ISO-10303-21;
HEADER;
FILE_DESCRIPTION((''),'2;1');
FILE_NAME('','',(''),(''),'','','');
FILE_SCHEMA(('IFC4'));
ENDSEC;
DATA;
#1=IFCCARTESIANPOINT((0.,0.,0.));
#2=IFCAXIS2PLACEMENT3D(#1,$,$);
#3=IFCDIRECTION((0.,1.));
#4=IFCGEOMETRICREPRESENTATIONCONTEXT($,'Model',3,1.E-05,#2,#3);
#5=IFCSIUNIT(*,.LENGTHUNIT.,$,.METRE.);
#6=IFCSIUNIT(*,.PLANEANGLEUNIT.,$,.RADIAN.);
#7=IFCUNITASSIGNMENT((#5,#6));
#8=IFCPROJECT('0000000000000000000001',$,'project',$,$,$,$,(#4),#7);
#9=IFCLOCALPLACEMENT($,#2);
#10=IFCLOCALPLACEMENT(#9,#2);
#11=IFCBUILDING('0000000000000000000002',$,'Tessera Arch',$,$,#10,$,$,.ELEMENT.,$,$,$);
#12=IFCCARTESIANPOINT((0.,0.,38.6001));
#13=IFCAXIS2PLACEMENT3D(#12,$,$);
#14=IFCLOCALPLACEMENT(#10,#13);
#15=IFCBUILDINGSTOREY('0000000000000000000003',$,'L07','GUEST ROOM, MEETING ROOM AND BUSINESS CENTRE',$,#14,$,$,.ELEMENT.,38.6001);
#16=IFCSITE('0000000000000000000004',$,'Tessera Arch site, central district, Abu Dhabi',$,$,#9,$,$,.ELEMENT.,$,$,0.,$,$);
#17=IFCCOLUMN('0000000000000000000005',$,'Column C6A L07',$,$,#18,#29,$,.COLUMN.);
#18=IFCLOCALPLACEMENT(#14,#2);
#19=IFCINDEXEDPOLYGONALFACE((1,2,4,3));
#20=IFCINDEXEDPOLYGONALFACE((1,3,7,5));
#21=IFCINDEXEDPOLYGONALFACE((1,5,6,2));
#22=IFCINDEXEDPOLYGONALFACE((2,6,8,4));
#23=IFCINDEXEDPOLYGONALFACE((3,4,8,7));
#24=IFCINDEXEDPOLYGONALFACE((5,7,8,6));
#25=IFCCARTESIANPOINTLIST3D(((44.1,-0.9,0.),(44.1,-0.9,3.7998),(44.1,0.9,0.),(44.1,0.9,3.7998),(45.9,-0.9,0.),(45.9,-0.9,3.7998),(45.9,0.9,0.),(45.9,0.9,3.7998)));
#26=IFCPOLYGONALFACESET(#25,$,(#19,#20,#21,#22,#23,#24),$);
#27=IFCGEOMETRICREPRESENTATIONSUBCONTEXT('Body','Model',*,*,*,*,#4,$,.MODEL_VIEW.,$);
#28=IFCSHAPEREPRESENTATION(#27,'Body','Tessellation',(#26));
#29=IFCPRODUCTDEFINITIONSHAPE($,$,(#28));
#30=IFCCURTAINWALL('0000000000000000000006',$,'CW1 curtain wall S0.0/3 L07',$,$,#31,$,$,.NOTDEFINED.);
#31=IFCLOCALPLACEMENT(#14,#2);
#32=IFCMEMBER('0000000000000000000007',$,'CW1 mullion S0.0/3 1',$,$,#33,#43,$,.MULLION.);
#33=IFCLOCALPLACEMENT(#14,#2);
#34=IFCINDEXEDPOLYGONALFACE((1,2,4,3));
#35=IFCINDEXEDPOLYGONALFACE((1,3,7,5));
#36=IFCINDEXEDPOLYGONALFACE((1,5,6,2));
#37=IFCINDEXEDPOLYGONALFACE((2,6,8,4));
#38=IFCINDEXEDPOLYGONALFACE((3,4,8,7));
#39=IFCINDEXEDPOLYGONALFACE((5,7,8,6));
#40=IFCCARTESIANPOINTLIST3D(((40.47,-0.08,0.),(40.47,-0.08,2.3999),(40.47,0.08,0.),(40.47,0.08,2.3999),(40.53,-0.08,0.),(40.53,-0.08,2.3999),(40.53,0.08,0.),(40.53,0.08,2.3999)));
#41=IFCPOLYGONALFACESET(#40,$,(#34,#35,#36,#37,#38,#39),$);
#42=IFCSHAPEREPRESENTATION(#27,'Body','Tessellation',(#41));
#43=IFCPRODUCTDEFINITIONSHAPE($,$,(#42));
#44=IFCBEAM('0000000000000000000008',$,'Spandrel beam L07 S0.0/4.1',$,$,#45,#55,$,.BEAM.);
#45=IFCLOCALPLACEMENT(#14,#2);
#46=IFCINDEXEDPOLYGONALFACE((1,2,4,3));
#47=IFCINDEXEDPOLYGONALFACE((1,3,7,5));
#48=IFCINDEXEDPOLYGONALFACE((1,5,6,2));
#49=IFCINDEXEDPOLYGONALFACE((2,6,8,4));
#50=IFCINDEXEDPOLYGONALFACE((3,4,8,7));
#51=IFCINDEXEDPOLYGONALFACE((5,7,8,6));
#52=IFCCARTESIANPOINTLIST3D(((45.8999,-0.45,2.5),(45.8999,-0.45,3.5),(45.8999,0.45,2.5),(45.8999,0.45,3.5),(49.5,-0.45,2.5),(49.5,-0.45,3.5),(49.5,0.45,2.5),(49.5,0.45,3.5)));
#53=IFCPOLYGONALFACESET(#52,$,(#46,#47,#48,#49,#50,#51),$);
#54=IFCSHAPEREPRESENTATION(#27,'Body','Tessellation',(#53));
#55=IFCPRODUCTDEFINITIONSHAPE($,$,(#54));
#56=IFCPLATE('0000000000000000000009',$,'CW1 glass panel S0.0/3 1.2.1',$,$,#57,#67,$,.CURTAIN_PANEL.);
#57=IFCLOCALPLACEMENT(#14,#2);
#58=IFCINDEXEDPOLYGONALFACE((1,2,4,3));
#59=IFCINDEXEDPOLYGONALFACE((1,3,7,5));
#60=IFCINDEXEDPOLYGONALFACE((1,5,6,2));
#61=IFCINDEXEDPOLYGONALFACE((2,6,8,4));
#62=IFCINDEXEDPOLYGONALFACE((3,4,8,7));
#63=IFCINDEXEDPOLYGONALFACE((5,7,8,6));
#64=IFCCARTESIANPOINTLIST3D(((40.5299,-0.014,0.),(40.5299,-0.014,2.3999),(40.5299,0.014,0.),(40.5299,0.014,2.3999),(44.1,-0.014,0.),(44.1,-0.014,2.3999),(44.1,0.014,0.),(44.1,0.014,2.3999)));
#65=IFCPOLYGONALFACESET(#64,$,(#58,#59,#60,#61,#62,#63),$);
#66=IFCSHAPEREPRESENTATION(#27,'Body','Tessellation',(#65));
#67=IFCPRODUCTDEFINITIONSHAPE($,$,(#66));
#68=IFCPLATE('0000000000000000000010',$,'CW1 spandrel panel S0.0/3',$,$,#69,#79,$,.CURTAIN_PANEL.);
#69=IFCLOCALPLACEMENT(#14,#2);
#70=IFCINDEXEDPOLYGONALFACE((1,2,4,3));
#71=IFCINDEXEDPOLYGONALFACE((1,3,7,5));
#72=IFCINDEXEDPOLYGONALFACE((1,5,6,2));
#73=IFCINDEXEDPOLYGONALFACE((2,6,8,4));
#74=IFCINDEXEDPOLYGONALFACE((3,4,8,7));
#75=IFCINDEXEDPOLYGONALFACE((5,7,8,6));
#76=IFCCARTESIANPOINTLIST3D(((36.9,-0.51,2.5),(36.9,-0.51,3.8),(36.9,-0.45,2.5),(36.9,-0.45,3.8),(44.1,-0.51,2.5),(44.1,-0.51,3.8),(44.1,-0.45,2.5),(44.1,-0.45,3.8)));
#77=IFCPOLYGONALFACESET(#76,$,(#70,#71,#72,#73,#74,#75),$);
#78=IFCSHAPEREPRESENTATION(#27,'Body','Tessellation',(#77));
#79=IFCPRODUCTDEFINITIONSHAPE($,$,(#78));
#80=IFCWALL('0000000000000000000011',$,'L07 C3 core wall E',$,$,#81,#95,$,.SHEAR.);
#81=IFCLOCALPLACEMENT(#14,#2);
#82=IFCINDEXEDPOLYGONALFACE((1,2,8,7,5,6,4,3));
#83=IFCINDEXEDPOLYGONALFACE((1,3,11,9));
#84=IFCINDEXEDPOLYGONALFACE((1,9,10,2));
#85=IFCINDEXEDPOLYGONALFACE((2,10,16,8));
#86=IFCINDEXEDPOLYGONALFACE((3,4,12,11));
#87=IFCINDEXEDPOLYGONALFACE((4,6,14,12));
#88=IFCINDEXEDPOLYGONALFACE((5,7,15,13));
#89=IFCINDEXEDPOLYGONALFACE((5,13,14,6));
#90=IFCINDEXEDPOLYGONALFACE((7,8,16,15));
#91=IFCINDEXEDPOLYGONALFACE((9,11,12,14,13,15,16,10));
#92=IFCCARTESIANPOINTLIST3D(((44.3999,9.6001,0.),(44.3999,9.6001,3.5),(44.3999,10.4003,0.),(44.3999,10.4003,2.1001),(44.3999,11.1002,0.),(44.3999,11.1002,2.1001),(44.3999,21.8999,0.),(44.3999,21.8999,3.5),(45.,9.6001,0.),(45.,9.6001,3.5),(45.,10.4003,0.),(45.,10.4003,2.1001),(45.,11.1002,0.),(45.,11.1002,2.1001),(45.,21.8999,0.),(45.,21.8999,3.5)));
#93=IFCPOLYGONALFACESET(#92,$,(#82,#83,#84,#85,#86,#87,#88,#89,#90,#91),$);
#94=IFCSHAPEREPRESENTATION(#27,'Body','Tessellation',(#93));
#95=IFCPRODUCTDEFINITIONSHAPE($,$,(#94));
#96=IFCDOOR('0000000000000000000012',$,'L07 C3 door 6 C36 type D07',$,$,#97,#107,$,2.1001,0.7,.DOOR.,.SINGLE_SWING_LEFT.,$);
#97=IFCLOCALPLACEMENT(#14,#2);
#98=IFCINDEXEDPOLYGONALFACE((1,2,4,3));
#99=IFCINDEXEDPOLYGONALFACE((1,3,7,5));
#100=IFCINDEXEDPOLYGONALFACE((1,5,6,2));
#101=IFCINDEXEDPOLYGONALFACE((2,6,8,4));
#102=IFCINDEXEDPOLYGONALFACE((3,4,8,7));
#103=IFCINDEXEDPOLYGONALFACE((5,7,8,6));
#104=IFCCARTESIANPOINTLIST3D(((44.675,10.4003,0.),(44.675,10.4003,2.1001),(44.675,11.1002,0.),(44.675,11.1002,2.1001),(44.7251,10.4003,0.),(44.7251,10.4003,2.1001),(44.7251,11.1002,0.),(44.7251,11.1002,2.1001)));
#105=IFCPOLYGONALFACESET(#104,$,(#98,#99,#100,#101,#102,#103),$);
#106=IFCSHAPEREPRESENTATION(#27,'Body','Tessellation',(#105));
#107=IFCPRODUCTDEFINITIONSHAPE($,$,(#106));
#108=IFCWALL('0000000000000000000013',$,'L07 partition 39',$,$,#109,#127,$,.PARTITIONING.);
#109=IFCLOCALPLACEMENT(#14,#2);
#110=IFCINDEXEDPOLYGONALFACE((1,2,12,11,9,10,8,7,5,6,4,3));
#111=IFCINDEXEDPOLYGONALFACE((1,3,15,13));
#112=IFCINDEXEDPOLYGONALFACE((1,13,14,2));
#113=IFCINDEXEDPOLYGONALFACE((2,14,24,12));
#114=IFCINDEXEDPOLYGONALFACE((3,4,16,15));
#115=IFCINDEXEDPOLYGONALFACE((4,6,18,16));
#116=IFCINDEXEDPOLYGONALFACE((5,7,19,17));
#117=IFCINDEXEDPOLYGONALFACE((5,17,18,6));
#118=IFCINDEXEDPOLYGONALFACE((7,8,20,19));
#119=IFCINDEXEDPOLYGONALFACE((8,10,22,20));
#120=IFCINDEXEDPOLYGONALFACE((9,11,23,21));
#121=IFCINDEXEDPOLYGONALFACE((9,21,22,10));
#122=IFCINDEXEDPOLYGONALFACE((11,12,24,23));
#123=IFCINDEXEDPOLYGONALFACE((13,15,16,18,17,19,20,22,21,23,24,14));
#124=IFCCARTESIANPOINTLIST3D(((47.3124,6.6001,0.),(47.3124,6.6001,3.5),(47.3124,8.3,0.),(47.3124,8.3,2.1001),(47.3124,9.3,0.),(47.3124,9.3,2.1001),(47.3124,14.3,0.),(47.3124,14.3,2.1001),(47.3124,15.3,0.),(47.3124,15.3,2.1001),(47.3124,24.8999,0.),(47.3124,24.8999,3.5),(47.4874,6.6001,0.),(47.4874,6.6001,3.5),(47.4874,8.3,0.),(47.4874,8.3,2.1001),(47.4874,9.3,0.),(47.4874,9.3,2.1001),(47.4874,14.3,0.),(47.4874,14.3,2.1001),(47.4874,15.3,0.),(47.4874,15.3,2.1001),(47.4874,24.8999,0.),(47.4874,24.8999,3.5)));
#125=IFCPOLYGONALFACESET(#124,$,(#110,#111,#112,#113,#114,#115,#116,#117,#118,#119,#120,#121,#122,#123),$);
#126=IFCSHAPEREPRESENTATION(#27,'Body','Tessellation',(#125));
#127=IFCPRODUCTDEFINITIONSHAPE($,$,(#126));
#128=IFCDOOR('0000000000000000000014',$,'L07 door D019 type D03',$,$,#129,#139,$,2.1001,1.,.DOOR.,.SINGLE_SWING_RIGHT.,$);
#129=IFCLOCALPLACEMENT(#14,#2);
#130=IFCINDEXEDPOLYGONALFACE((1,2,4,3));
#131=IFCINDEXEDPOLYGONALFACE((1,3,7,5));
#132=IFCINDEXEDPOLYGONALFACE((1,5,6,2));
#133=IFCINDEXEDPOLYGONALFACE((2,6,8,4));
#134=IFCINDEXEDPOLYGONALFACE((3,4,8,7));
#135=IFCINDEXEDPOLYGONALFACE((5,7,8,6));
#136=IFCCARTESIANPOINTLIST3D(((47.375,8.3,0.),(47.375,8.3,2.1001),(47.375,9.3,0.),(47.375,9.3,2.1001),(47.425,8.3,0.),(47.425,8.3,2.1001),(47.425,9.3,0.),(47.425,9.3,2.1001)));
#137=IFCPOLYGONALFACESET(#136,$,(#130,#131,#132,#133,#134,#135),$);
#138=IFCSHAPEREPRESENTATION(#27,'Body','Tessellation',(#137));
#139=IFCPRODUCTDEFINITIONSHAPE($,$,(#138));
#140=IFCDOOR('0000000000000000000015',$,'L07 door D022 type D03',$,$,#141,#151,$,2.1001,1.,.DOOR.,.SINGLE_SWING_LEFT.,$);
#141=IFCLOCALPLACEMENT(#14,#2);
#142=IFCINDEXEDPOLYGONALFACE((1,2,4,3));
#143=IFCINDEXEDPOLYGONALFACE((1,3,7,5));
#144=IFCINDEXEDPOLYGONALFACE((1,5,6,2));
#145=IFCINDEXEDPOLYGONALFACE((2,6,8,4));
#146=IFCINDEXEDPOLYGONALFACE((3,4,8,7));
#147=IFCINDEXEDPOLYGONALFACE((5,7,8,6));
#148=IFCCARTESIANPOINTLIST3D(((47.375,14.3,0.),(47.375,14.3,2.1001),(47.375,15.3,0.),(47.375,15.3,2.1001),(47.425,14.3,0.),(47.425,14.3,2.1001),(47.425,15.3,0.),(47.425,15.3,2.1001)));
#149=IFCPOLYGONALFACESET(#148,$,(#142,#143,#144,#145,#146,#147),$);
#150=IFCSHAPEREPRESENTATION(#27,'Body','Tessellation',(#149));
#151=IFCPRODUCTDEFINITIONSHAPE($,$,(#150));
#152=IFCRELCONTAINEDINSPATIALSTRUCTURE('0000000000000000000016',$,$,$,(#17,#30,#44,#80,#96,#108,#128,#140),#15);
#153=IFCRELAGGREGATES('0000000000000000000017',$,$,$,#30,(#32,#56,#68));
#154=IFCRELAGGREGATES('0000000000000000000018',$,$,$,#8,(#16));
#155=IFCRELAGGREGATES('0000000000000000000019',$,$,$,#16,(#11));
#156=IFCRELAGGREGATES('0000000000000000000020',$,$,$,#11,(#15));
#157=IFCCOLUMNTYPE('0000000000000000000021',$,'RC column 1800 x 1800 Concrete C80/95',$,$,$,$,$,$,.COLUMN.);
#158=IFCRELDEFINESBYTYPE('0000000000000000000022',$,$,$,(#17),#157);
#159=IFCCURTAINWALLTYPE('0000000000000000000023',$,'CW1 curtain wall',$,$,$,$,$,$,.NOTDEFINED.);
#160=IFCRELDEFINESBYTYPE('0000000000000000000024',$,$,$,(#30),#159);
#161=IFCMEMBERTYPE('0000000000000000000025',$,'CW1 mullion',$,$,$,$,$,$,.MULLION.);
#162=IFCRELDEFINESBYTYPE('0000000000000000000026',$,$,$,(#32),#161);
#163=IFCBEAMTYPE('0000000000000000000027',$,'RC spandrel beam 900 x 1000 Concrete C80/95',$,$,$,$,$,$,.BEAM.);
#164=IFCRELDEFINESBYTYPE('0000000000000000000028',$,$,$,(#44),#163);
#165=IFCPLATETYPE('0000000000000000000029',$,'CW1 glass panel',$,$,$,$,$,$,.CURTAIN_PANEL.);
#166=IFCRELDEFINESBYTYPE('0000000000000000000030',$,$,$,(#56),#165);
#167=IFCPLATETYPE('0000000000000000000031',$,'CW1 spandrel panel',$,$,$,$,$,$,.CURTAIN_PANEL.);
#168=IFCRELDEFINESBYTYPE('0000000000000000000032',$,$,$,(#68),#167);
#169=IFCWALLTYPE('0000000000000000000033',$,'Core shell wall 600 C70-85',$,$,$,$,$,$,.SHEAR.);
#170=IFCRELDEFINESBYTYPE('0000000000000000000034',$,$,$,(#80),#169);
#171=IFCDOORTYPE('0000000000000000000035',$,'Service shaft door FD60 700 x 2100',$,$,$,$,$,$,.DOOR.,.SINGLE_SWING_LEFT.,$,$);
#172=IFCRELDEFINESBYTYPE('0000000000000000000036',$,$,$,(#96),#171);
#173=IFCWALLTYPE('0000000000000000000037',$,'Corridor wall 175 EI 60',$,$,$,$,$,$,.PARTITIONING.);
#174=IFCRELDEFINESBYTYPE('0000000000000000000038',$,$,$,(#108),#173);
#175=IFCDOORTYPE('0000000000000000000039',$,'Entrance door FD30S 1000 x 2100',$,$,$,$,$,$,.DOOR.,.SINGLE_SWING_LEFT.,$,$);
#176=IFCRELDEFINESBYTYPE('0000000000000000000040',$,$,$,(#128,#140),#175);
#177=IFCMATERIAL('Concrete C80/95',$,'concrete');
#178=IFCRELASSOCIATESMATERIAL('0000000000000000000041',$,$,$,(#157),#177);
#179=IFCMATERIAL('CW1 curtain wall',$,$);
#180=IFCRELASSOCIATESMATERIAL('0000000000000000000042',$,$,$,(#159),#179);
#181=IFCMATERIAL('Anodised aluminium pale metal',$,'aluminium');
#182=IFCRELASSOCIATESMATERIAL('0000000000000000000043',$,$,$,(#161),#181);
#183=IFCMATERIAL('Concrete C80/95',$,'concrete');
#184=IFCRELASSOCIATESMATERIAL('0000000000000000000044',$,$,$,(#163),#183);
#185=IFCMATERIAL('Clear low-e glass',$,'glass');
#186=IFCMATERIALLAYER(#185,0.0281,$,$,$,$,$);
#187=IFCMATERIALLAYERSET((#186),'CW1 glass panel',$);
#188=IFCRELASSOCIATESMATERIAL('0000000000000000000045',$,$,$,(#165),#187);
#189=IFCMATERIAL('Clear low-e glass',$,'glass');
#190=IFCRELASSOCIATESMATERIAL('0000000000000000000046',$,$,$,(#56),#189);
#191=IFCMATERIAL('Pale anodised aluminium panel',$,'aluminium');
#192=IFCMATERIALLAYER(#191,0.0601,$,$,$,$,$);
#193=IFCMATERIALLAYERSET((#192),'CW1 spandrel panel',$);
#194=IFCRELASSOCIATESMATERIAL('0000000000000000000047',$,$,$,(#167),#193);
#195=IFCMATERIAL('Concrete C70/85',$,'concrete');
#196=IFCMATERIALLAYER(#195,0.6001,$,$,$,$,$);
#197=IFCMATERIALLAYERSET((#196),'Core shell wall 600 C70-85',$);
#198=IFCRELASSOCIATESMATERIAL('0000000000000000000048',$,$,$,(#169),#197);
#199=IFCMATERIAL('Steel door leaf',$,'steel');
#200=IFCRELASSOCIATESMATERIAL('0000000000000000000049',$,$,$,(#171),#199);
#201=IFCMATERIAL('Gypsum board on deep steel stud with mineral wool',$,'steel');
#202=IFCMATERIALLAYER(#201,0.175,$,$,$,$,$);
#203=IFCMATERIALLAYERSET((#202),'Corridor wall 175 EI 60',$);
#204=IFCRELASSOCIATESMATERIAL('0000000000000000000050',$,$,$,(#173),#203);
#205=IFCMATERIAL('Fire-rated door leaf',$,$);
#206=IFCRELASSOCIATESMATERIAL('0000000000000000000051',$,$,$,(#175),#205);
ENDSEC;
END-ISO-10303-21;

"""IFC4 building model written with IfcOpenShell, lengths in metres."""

from ifc_helpers import new_model, si_unit, direction, frame, frame_2d, origin, origin_2d, place, context, subcontext, project, spatial, rectangle, extrude, material, layer, layer_set, material_profile, profile_set, type_object, element, fill, aggregate, save


model = new_model("IFC4")

# Units and contexts
model_context = context("Model", 3, precision=1e-05, world=origin(), true_north=direction((0.0, 1.0)))
body_context = subcontext(model_context, "Body", "Model", "MODEL_VIEW")
ifc_project = project(units=[si_unit("LENGTHUNIT", "METRE"), si_unit("PLANEANGLEUNIT", "RADIAN")], contexts=[model_context])

# Site, building, storey
site_placement = place(None, origin())
site = spatial("IfcSite", under=ifc_project, at=site_placement, Name="Tessera Arch site, central district, Abu Dhabi", CompositionType="ELEMENT", RefElevation=0.0)
building_placement = place(site_placement, origin())
building = spatial("IfcBuilding", under=site, at=building_placement, Name="Tessera Arch", CompositionType="ELEMENT")
storey_placement = place(building_placement, frame((0.0, 0.0, 38.6001)))
storey = spatial("IfcBuildingStorey", under=building, at=storey_placement, Name="L07", Description="GUEST ROOM, MEETING ROOM AND BUSINESS CENTRE", CompositionType="ELEMENT", Elevation=38.6001)

# Column
ifc_material_1 = material(Name="Concrete C80/95", Category="concrete")
ifc_material_profile_1 = material_profile(ifc_material_1, rectangle(XDim=1.8, YDim=1.8, at=origin_2d()), Name="RC column 1800 x 1800 Concrete C80/95")
ifc_profile_set_1 = profile_set([ifc_material_profile_1], Name="Concrete C80/95")
column_type = type_object("IfcColumnType", Name="RC column 1800 x 1800 Concrete C80/95", PredefinedType="COLUMN", material=ifc_profile_set_1)
column_placement = place(storey_placement, frame((45.0, 0.0, 0.0), z_axis=(0.0, 0.0, 1.0), x_axis=(1.0, 0.0, 0.0)))
element("IfcColumn", 1, at=column_placement, inside=storey, type_object=column_type, Name="Column C6A L07", PredefinedType="COLUMN", context=body_context, shape_type="SweptSolid", body=[
    extrude(rectangle(XDim=1.8, YDim=1.8, at=origin_2d()), origin(), (0.0, 0.0, 1.0), 3.7998),
])

# Curtain wall, member
ifc_material_2 = material(Name="CW1 curtain wall")
curtain_wall_type = type_object("IfcCurtainWallType", Name="CW1 curtain wall", PredefinedType="NOTDEFINED", material=ifc_material_2)
curtain_wall_placement = place(storey_placement, origin())
curtain_wall = element("IfcCurtainWall", 2, at=curtain_wall_placement, inside=storey, type_object=curtain_wall_type, Name="CW1 curtain wall S0.0/3 L07", PredefinedType="NOTDEFINED")
ifc_material_3 = material(Name="Anodised aluminium pale metal", Category="aluminium")
ifc_material_profile_2 = material_profile(ifc_material_3, rectangle(XDim=0.1599, YDim=0.0601, at=origin_2d()), Name="AL 60x160")
ifc_profile_set_2 = profile_set([ifc_material_profile_2], Name="Anodised aluminium pale metal")
member_type = type_object("IfcMemberType", Name="CW1 mullion", PredefinedType="MULLION", material=ifc_profile_set_2)
member_placement = place(storey_placement, frame((40.5, 0.0, 0.0), z_axis=(0.0, 0.0, 1.0), x_axis=(0.0, 1.0, 0.0)))
member = element("IfcMember", 3, at=member_placement, type_object=member_type, Name="CW1 mullion S0.0/3 1", PredefinedType="MULLION", context=body_context, shape_type="SweptSolid", body=[
    extrude(rectangle(XDim=0.1599, YDim=0.0601, at=origin_2d()), origin(), (0.0, 0.0, 1.0), 2.3999),
])

# Beam
ifc_material_4 = material(Name="Concrete C80/95", Category="concrete")
ifc_material_profile_3 = material_profile(ifc_material_4, rectangle(XDim=0.8999, YDim=1.0, at=origin_2d()), Name="RC spandrel beam 900 x 1000 Concrete C80/95")
ifc_profile_set_3 = profile_set([ifc_material_profile_3], Name="Concrete C80/95")
beam_type = type_object("IfcBeamType", Name="RC spandrel beam 900 x 1000 Concrete C80/95", PredefinedType="BEAM", material=ifc_profile_set_3)
beam_placement = place(storey_placement, frame((45.8999, 0.0, 3.0), z_axis=(1.0, 0.0, 0.0), x_axis=(0.0, 1.0, 0.0)))
element("IfcBeam", 4, at=beam_placement, inside=storey, type_object=beam_type, Name="Spandrel beam L07 S0.0/4.1", PredefinedType="BEAM", context=body_context, shape_type="SweptSolid", body=[
    extrude(rectangle(XDim=0.8999, YDim=1.0, at=origin_2d()), origin(), (0.0, 0.0, 1.0), 3.6001),
])

# Plates
ifc_material_5 = material(Name="Clear low-e glass", Category="glass")
ifc_material_6 = material(Name="Clear low-e glass", Category="glass")
ifc_layer_1 = layer(ifc_material_6, 0.0281)
ifc_layer_set_1 = layer_set([ifc_layer_1], Name="CW1 glass panel")
plate_type_1 = type_object("IfcPlateType", Name="CW1 glass panel", PredefinedType="CURTAIN_PANEL", material=ifc_layer_set_1)
plate_1_placement = place(storey_placement, frame((42.3149, 0.0, 0.0), z_axis=(0.0, 0.0, 1.0), x_axis=(1.0, 0.0, 0.0)))
plate_1 = element("IfcPlate", 5, at=plate_1_placement, type_object=plate_type_1, material=ifc_material_5, Name="CW1 glass panel S0.0/3 1.2.1", PredefinedType="CURTAIN_PANEL", context=body_context, shape_type="SweptSolid", body=[
    extrude(rectangle(XDim=3.5701, YDim=0.0281, at=origin_2d()), origin(), (0.0, 0.0, 1.0), 2.3999),
])
ifc_material_7 = material(Name="Pale anodised aluminium panel", Category="aluminium")
ifc_layer_2 = layer(ifc_material_7, 0.0601)
ifc_layer_set_2 = layer_set([ifc_layer_2], Name="CW1 spandrel panel")
plate_type_2 = type_object("IfcPlateType", Name="CW1 spandrel panel", PredefinedType="CURTAIN_PANEL", material=ifc_layer_set_2)
plate_2_placement = place(storey_placement, frame((40.5, -0.48, 2.5), z_axis=(0.0, 0.0, 1.0), x_axis=(1.0, 0.0, 0.0)))
plate_2 = element("IfcPlate", 6, at=plate_2_placement, type_object=plate_type_2, Name="CW1 spandrel panel S0.0/3", PredefinedType="CURTAIN_PANEL", context=body_context, shape_type="SweptSolid", body=[
    extrude(rectangle(XDim=7.2, YDim=0.0601, at=origin_2d()), origin(), (0.0, 0.0, 1.0), 1.3),
])
aggregate(curtain_wall, [member, plate_1, plate_2])

# Wall, opening, door
ifc_material_8 = material(Name="Concrete C70/85", Category="concrete")
ifc_layer_3 = layer(ifc_material_8, 0.6001)
ifc_layer_set_3 = layer_set([ifc_layer_3], Name="Core shell wall 600 C70-85")
wall_type_1 = type_object("IfcWallType", Name="Core shell wall 600 C70-85", PredefinedType="SHEAR", material=ifc_layer_set_3)
wall_1_placement = place(storey_placement, frame((44.7, 9.6001, 0.0), z_axis=(0.0, 0.0, 1.0), x_axis=(0.0, 1.0, 0.0)))
wall_1 = element("IfcWall", 7, at=wall_1_placement, inside=storey, type_object=wall_type_1, Name="L07 C3 core wall E", PredefinedType="SHEAR", context=body_context, shape_type="SweptSolid", body=[
    extrude(rectangle(XDim=12.2998, YDim=0.6001, at=frame_2d((6.1499, 0.0))), origin(), (0.0, 0.0, 1.0), 3.5),
])
opening_1_placement = place(wall_1_placement, frame((0.8, 0.0, 0.0)))
opening_1 = element("IfcOpeningElement", 8, at=opening_1_placement, cuts=wall_1, PredefinedType="OPENING", context=body_context, shape_type="SweptSolid", body=[
    extrude(rectangle(XDim=0.7, YDim=2.1001, at=frame_2d((0.3501, 1.05))), frame((0.0, 0.3101, 0.0), z_axis=(0.0, -1.0, 0.0), x_axis=(1.0, 0.0, 0.0)), (0.0, 0.0, 1.0), 0.6201),
])
ifc_material_9 = material(Name="Steel door leaf", Category="steel")
door_type_1 = type_object("IfcDoorType", Name="Service shaft door FD60 700 x 2100", OperationType="SINGLE_SWING_LEFT", PredefinedType="DOOR", material=ifc_material_9)
door_1_placement = place(opening_1_placement, origin())
door_1 = element("IfcDoor", 9, at=door_1_placement, inside=storey, type_object=door_type_1, Name="L07 C3 door 6 C36 type D07", OperationType="SINGLE_SWING_LEFT", OverallHeight=2.1001, OverallWidth=0.7, PredefinedType="DOOR", context=body_context, shape_type="SweptSolid", body=[
    extrude(rectangle(XDim=0.7, YDim=2.1001, at=frame_2d((0.3501, 1.05))), frame((0.0, 0.0249, 0.0), z_axis=(0.0, -1.0, 0.0), x_axis=(1.0, 0.0, 0.0)), (0.0, 0.0, 1.0), 0.05),
])
fill(opening_1, door_1)

# Wall, openings, doors
ifc_material_10 = material(Name="Gypsum board on deep steel stud with mineral wool", Category="steel")
ifc_layer_4 = layer(ifc_material_10, 0.175)
ifc_layer_set_4 = layer_set([ifc_layer_4], Name="Corridor wall 175 EI 60")
wall_type_2 = type_object("IfcWallType", Name="Corridor wall 175 EI 60", PredefinedType="PARTITIONING", material=ifc_layer_set_4)
wall_2_placement = place(storey_placement, frame((47.3999, 6.6001, 0.0), z_axis=(0.0, 0.0, 1.0), x_axis=(0.0, 1.0, 0.0)))
wall_2 = element("IfcWall", 10, at=wall_2_placement, inside=storey, type_object=wall_type_2, Name="L07 partition 39", PredefinedType="PARTITIONING", context=body_context, shape_type="SweptSolid", body=[
    extrude(rectangle(XDim=18.2998, YDim=0.175, at=frame_2d((9.1499, 0.0))), origin(), (0.0, 0.0, 1.0), 3.5),
])
opening_2_placement = place(wall_2_placement, frame((1.7, 0.0, 0.0)))
opening_2 = element("IfcOpeningElement", 11, at=opening_2_placement, cuts=wall_2, PredefinedType="OPENING", context=body_context, shape_type="SweptSolid", body=[
    extrude(rectangle(XDim=1.0, YDim=2.1001, at=frame_2d((0.5, 1.05))), frame((0.0, 0.0974, 0.0), z_axis=(0.0, -1.0, 0.0), x_axis=(1.0, 0.0, 0.0)), (0.0, 0.0, 1.0), 0.1951),
])
opening_3_placement = place(wall_2_placement, frame((7.7, 0.0, 0.0)))
opening_3 = element("IfcOpeningElement", 12, at=opening_3_placement, cuts=wall_2, PredefinedType="OPENING", context=body_context, shape_type="SweptSolid", body=[
    extrude(rectangle(XDim=1.0, YDim=2.1001, at=frame_2d((0.5, 1.05))), frame((0.0, 0.0974, 0.0), z_axis=(0.0, -1.0, 0.0), x_axis=(1.0, 0.0, 0.0)), (0.0, 0.0, 1.0), 0.1951),
])
ifc_material_11 = material(Name="Fire-rated door leaf")
door_type_2 = type_object("IfcDoorType", Name="Entrance door FD30S 1000 x 2100", OperationType="SINGLE_SWING_LEFT", PredefinedType="DOOR", material=ifc_material_11)
door_2_placement = place(opening_2_placement, origin())
door_2 = element("IfcDoor", 13, at=door_2_placement, inside=storey, type_object=door_type_2, Name="L07 door D019 type D03", OperationType="SINGLE_SWING_RIGHT", OverallHeight=2.1001, OverallWidth=1.0, PredefinedType="DOOR", context=body_context, shape_type="SweptSolid", body=[
    extrude(rectangle(XDim=1.0, YDim=2.1001, at=frame_2d((0.5, 1.05))), frame((0.0, 0.0249, 0.0), z_axis=(0.0, -1.0, 0.0), x_axis=(1.0, 0.0, 0.0)), (0.0, 0.0, 1.0), 0.05),
])
fill(opening_2, door_2)
door_3_placement = place(opening_3_placement, origin())
door_3 = element("IfcDoor", 14, at=door_3_placement, inside=storey, type_object=door_type_2, Name="L07 door D022 type D03", OperationType="SINGLE_SWING_LEFT", OverallHeight=2.1001, OverallWidth=1.0, PredefinedType="DOOR", context=body_context, shape_type="SweptSolid", body=[
    extrude(rectangle(XDim=1.0, YDim=2.1001, at=frame_2d((0.5, 1.05))), frame((0.0, 0.0249, 0.0), z_axis=(0.0, -1.0, 0.0), x_axis=(1.0, 0.0, 0.0)), (0.0, 0.0, 1.0), 0.05),
])
fill(opening_3, door_3)

save(model, "model.ifc")
